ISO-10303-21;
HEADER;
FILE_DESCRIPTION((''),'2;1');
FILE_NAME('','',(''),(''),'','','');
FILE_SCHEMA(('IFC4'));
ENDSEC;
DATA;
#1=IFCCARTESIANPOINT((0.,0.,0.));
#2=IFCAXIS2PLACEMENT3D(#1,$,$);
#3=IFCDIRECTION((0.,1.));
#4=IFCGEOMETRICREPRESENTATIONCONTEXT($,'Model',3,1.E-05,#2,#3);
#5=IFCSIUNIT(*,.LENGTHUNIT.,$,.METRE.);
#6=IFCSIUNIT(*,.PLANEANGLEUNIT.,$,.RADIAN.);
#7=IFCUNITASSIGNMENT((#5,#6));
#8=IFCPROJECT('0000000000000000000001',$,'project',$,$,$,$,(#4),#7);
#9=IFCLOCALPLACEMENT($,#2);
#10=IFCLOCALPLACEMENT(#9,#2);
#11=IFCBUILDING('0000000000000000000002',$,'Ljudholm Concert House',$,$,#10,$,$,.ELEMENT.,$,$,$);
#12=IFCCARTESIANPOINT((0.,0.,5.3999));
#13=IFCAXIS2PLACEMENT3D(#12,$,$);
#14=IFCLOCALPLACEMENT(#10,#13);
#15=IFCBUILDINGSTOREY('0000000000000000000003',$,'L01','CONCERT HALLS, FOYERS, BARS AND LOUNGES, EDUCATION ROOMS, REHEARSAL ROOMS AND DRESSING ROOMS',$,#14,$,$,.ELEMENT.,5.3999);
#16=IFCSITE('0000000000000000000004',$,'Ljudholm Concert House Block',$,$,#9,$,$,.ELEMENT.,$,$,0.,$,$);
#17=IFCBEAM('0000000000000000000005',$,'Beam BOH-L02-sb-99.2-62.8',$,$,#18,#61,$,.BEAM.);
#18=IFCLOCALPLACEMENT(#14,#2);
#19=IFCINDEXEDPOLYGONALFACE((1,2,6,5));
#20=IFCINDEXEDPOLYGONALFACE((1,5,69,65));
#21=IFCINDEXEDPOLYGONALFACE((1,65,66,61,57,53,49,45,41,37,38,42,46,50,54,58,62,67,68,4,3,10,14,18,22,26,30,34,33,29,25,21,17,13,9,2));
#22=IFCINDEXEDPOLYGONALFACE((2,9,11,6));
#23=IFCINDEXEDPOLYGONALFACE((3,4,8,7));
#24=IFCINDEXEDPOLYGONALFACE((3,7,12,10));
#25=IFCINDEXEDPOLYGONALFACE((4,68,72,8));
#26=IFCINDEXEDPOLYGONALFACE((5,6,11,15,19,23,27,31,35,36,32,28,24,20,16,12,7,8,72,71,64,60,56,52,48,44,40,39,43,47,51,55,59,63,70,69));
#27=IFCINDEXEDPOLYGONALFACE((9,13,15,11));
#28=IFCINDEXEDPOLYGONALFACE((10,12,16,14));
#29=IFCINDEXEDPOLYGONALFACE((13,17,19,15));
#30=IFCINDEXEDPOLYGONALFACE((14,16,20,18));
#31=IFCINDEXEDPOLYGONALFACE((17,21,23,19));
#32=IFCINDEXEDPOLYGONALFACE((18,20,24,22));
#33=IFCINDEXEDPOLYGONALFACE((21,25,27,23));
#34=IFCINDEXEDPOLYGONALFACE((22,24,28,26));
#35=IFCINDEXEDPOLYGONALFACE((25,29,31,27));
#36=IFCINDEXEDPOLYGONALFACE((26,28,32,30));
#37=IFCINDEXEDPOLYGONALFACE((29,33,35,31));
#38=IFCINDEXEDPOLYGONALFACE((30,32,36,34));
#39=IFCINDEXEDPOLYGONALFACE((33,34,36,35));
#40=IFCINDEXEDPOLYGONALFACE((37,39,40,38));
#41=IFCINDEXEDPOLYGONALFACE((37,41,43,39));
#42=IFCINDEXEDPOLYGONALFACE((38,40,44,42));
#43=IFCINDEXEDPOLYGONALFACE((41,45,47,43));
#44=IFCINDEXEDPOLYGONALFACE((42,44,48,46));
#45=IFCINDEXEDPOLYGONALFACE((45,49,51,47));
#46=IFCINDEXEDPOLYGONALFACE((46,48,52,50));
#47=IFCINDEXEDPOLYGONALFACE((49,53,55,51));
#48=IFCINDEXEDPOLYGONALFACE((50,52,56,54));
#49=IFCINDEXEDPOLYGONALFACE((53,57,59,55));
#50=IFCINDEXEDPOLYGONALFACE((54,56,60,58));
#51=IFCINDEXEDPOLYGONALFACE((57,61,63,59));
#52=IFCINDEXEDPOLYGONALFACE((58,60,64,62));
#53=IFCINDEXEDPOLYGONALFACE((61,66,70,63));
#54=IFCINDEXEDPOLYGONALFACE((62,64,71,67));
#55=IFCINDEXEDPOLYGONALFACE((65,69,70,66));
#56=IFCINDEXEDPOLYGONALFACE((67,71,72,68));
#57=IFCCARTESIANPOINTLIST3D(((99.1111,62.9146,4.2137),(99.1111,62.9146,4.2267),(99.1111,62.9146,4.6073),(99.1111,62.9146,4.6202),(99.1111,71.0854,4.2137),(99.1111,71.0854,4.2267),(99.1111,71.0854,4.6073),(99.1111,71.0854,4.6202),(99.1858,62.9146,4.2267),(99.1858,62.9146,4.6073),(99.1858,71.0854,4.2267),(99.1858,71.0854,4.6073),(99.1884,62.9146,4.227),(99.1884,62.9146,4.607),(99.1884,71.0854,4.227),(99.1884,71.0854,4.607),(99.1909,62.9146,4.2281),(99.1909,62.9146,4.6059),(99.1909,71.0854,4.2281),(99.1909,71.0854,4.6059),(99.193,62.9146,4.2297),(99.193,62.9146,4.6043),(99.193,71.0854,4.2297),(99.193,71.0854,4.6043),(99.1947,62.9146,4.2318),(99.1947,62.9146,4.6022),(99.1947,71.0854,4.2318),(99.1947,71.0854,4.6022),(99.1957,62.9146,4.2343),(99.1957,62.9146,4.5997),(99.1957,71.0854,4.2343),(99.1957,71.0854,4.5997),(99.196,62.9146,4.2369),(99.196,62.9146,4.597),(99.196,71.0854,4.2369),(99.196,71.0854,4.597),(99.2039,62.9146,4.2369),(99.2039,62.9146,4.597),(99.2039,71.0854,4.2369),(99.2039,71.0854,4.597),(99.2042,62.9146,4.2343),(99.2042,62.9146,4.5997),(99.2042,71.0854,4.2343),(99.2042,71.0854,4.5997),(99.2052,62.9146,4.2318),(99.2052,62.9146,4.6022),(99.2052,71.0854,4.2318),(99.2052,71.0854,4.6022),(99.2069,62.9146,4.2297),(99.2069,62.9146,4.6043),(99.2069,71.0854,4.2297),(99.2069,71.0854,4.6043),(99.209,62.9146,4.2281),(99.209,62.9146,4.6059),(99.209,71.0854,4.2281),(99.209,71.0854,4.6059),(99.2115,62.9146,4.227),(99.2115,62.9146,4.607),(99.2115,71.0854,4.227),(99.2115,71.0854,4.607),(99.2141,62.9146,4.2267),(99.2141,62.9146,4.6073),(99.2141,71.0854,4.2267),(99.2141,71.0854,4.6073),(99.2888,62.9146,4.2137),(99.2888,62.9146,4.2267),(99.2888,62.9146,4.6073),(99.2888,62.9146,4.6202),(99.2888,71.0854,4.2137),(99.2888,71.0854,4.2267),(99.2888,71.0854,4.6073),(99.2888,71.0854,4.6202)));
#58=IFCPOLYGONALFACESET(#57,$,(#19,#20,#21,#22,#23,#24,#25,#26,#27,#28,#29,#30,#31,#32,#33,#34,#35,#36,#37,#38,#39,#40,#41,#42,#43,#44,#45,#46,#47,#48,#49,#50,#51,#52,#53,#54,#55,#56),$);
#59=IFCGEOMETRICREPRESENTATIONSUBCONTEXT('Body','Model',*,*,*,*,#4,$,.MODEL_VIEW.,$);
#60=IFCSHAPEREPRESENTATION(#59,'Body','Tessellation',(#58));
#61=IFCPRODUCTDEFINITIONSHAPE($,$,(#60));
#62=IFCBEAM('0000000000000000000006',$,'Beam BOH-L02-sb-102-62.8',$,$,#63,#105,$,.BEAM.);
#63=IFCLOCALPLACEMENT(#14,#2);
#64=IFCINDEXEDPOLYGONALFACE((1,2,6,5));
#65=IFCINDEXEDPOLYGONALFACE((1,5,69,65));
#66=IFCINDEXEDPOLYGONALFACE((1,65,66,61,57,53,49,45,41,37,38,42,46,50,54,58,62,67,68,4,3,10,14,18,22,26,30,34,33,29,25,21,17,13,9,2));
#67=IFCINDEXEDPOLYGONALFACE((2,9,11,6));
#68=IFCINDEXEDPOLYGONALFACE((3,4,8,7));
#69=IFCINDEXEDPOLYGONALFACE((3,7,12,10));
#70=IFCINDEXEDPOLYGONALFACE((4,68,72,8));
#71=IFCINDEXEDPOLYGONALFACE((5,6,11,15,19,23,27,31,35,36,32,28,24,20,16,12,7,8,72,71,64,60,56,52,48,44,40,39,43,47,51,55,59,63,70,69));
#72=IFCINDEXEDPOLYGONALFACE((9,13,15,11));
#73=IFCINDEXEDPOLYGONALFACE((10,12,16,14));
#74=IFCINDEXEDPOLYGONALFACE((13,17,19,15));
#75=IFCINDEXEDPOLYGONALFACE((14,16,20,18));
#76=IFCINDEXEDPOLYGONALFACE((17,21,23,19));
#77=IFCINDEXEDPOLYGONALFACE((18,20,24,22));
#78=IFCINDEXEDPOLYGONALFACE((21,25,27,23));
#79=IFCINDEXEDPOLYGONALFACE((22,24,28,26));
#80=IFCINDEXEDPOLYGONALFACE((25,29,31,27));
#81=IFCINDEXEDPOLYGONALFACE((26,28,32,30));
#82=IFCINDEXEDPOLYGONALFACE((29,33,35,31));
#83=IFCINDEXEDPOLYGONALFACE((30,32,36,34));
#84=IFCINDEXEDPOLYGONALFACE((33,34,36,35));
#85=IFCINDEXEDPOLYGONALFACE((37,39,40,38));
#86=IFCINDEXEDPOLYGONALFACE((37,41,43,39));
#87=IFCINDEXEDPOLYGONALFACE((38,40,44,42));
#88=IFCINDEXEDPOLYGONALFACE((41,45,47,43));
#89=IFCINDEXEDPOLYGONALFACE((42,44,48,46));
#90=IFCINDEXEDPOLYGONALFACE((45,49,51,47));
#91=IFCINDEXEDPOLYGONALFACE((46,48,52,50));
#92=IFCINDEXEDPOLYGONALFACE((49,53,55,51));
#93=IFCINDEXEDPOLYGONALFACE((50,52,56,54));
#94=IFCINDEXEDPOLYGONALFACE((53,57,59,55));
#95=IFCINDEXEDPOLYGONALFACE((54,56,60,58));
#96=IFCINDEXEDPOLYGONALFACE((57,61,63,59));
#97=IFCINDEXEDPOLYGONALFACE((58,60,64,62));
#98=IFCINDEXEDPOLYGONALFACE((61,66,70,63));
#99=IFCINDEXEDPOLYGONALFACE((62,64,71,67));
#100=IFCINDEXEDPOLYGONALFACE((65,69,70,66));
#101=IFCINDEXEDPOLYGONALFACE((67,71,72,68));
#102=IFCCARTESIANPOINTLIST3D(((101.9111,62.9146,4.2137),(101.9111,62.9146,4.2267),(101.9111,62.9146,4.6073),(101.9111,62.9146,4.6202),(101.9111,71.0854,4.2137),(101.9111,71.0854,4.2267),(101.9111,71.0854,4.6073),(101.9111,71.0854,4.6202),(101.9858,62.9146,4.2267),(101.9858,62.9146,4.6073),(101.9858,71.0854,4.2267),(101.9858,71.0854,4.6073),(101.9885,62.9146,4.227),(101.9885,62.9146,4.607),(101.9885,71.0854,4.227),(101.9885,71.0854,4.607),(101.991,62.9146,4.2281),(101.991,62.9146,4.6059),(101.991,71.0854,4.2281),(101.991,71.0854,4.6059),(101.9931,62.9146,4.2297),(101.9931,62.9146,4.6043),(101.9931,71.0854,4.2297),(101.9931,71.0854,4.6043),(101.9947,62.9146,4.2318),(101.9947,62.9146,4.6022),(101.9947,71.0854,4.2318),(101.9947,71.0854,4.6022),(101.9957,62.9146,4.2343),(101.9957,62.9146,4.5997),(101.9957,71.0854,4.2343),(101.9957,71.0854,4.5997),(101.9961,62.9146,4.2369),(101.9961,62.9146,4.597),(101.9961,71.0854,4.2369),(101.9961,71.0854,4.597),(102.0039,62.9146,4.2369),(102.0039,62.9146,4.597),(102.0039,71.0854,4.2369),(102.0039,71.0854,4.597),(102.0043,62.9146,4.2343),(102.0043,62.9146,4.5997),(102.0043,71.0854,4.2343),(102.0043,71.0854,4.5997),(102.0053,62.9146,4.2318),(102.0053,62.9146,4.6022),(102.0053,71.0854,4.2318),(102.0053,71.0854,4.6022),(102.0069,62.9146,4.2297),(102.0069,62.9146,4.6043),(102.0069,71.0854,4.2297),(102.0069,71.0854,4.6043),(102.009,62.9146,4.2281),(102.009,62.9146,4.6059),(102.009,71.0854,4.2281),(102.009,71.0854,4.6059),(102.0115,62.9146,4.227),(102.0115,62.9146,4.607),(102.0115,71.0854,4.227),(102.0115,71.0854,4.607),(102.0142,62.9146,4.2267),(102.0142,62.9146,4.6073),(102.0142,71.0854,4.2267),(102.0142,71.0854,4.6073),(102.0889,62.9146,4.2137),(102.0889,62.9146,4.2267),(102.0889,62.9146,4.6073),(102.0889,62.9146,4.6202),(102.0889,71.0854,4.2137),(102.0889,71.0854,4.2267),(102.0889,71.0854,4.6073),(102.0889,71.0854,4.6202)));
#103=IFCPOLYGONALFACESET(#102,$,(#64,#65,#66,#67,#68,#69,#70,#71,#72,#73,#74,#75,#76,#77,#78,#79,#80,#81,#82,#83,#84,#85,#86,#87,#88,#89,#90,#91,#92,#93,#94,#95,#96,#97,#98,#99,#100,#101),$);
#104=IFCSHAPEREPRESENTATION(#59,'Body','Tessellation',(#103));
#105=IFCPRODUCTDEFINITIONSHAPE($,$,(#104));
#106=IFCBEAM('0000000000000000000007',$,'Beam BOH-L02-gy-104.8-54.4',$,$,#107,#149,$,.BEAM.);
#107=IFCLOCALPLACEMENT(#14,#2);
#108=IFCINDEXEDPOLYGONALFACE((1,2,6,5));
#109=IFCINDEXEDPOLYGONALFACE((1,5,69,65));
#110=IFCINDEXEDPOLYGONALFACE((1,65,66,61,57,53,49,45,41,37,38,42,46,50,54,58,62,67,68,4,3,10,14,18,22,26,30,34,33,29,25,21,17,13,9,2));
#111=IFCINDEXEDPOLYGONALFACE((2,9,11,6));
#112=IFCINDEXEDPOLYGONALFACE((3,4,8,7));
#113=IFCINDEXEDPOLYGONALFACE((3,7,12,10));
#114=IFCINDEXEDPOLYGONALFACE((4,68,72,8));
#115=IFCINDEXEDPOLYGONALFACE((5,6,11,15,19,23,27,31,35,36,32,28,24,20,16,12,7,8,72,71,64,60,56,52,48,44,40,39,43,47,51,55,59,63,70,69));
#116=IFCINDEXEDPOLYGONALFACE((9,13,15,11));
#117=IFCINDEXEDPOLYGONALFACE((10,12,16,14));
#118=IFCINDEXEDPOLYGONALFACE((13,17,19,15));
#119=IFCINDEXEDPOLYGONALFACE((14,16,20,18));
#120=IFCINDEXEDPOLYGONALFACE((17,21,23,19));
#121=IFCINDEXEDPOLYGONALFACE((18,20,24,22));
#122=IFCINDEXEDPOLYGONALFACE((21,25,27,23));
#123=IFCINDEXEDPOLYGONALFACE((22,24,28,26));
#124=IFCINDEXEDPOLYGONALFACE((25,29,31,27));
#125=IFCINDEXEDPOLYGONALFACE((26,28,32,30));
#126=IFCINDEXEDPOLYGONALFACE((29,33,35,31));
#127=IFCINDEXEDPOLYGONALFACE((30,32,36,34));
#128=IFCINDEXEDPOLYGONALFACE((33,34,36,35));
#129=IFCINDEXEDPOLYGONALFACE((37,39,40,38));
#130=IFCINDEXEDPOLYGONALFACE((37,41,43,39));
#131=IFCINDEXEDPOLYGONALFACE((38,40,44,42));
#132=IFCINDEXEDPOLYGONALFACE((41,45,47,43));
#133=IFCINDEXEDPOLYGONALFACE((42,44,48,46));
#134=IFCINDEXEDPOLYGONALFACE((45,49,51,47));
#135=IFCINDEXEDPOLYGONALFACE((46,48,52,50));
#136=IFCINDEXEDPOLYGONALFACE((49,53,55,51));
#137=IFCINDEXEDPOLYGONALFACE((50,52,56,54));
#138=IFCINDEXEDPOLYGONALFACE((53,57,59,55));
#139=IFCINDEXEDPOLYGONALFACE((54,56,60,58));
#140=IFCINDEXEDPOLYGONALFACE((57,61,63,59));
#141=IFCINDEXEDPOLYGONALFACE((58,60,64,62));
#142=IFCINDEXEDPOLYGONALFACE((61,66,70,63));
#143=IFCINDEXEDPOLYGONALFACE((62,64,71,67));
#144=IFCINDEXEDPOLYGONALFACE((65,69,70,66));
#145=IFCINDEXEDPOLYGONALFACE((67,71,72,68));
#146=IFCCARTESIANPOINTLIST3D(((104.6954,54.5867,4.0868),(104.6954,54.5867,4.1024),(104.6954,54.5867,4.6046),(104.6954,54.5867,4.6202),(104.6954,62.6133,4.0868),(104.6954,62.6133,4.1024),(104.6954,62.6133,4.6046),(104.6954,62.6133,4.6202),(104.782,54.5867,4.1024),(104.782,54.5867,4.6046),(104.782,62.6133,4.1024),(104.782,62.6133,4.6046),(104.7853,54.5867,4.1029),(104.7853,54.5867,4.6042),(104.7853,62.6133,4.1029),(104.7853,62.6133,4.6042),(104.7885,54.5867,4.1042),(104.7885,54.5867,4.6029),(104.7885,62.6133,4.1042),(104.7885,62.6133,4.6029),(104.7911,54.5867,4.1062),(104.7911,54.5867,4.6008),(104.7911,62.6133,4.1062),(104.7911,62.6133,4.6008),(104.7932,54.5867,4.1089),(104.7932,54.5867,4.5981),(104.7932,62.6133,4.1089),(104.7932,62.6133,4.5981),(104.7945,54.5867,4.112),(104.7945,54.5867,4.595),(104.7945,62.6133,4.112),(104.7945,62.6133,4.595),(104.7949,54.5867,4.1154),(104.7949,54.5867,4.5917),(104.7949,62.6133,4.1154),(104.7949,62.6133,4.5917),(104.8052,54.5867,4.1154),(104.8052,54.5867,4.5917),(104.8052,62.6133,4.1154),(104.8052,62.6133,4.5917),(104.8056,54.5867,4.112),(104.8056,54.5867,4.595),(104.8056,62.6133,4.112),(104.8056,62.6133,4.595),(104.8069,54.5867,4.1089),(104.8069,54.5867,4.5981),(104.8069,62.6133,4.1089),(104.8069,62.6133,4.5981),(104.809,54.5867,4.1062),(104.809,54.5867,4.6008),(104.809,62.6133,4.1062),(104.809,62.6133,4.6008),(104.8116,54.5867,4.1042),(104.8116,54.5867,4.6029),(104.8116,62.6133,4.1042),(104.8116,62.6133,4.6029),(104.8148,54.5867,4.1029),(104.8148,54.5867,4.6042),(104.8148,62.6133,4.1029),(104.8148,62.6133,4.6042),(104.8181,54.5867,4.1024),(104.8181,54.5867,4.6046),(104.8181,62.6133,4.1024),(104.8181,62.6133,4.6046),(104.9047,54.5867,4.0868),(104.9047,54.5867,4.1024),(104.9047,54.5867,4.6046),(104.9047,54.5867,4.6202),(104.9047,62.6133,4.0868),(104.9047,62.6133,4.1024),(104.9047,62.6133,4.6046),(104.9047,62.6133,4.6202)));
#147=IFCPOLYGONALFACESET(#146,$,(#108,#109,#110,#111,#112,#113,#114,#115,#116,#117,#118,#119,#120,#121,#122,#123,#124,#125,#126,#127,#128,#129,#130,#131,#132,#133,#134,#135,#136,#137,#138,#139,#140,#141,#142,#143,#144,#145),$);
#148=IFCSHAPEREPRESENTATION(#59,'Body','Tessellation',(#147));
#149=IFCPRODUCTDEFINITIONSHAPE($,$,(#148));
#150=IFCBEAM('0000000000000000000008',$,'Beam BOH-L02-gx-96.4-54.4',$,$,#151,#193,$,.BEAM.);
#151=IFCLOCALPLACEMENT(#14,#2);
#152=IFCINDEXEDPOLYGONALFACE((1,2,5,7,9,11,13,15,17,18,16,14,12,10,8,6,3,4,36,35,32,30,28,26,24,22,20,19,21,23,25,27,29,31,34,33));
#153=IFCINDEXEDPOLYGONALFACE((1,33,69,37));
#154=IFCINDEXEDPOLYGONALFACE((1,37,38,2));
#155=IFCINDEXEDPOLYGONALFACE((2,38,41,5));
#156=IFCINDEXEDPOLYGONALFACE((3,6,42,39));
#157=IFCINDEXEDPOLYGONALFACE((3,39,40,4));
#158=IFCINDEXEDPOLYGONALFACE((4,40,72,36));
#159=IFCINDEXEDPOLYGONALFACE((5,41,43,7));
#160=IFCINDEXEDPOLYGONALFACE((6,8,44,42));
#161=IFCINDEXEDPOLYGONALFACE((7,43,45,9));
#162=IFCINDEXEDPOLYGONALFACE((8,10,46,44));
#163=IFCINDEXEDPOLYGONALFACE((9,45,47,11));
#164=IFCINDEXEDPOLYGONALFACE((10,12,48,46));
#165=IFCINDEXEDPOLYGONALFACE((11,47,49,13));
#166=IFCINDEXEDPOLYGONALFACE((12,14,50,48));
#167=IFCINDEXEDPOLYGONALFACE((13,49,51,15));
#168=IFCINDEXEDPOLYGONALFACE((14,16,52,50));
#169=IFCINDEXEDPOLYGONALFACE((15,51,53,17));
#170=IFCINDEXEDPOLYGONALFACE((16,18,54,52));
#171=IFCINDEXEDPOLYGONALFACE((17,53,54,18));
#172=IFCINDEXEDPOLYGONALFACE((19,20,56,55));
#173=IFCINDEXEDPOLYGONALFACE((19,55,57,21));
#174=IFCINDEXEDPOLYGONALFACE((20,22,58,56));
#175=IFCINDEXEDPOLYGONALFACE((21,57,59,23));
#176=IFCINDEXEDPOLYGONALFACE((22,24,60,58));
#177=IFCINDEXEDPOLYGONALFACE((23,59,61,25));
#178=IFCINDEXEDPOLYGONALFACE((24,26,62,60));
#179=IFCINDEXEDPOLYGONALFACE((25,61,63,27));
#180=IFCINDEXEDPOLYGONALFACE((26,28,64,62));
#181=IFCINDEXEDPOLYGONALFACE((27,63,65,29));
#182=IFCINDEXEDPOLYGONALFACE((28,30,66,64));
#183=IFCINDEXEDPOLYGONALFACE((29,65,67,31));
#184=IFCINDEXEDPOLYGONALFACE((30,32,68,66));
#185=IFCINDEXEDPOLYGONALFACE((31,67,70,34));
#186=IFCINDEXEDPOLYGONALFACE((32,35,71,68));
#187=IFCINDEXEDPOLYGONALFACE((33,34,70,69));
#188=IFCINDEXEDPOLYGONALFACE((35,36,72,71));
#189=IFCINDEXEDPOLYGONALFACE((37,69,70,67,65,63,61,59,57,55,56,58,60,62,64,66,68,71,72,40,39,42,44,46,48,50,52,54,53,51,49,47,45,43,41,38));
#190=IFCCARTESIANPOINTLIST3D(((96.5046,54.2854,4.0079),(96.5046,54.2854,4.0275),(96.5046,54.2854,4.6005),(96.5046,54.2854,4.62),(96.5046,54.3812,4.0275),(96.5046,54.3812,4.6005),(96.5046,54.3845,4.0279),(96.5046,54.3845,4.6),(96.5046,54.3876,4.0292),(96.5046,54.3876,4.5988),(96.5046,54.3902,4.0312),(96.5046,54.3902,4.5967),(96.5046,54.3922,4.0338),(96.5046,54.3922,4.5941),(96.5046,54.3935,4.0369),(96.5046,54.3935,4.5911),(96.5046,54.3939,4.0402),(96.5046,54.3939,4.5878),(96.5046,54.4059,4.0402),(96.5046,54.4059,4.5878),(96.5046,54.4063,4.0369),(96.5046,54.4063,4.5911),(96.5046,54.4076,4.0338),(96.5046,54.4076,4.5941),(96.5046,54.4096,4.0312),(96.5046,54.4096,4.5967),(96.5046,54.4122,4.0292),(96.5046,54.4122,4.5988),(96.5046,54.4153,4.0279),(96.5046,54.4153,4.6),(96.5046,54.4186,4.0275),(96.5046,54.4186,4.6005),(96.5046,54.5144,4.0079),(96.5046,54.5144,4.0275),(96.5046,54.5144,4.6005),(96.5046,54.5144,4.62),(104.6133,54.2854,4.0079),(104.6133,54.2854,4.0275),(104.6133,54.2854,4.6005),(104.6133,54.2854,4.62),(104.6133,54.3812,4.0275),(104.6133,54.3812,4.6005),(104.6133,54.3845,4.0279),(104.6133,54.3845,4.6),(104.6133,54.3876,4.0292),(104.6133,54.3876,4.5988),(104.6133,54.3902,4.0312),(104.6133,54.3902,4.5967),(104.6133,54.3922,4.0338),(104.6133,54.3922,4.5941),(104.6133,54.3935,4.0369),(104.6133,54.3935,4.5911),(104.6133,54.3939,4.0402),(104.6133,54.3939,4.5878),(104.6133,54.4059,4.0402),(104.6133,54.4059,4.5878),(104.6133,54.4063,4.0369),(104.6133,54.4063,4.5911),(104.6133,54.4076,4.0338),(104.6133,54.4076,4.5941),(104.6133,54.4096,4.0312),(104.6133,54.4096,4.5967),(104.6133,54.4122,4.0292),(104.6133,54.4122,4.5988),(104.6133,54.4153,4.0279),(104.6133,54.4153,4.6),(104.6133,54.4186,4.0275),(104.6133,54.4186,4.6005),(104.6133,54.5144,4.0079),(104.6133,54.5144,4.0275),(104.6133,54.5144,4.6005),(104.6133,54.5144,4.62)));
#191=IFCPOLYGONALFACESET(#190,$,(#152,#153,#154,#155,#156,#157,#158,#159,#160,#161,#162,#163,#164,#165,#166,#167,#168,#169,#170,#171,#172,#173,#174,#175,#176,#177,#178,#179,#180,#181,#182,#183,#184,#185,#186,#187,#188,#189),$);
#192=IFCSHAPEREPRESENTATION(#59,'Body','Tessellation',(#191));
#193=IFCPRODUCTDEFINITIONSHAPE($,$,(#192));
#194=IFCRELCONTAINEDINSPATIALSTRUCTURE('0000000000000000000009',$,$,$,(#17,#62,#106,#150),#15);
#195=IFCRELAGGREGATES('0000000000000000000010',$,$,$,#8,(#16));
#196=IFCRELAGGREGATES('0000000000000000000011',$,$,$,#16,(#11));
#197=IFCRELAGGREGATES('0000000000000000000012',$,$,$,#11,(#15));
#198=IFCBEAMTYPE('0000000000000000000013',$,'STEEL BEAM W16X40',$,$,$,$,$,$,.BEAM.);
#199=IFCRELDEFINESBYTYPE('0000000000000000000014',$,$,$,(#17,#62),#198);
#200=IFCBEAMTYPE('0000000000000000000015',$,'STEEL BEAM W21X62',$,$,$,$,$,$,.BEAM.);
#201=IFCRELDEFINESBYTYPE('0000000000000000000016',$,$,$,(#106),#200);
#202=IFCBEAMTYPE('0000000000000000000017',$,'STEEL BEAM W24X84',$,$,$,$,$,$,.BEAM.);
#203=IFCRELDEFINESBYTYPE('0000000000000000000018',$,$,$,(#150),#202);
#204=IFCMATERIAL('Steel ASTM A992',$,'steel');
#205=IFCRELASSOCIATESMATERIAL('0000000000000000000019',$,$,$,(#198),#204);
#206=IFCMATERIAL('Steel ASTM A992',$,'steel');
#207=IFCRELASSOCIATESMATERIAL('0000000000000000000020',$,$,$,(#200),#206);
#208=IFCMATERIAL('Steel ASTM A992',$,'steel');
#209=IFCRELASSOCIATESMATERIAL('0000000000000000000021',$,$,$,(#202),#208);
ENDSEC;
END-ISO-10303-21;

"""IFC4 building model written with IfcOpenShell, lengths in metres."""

from ifc_helpers import new_model, si_unit, direction, frame, origin, origin_2d, place, context, subcontext, project, spatial, i_section, extrude, material, material_profile, profile_set, type_object, element, save


model = new_model("IFC4")

# Units and contexts
model_context = context("Model", 3, precision=1e-05, world=origin(), true_north=direction((0.0, 1.0)))
body_context = subcontext(model_context, "Body", "Model", "MODEL_VIEW")
ifc_project = project(units=[si_unit("LENGTHUNIT", "METRE"), si_unit("PLANEANGLEUNIT", "RADIAN")], contexts=[model_context])

# Site, building, storey
site_placement = place(None, origin())
site = spatial("IfcSite", under=ifc_project, at=site_placement, Name="Ljudholm Concert House Block", CompositionType="ELEMENT", RefElevation=0.0)
building_placement = place(site_placement, origin())
building = spatial("IfcBuilding", under=site, at=building_placement, Name="Ljudholm Concert House", CompositionType="ELEMENT")
storey_placement = place(building_placement, frame((0.0, 0.0, 5.3999)))
storey = spatial("IfcBuildingStorey", under=building, at=storey_placement, Name="L01", Description="CONCERT HALLS, FOYERS, BARS AND LOUNGES, EDUCATION ROOMS, REHEARSAL ROOMS AND DRESSING ROOMS", CompositionType="ELEMENT", Elevation=5.3999)

# Beams
ifc_material_1 = material(Name="Steel ASTM A992", Category="steel")
ifc_material_profile_1 = material_profile(ifc_material_1, i_section(OverallWidth=0.1777, OverallDepth=0.4065, WebThickness=0.0078, FlangeThickness=0.0129, FilletRadius=0.0103, at=origin_2d()), Name="W16X40")
ifc_profile_set_1 = profile_set([ifc_material_profile_1], Name="Steel ASTM A992")
beam_type_1 = type_object("IfcBeamType", Name="STEEL BEAM W16X40", PredefinedType="BEAM", material=ifc_profile_set_1)
for number, where, z_axis, x_axis, name in (
    (1, (99.2, 62.9146, 4.417), (0.0, 1.0, 0.0), (-1.0, 0.0, 0.0), "Beam BOH-L02-sb-99.2-62.8"),
    (2, (102.0, 62.9146, 4.417), (0.0, 1.0, 0.0), (-1.0, 0.0, 0.0), "Beam BOH-L02-sb-102-62.8"),
):
    element("IfcBeam", number, at=place(storey_placement, frame(where, z_axis=z_axis, x_axis=x_axis)), inside=storey, type_object=beam_type_1, Name=name, PredefinedType="BEAM", context=body_context, shape_type="SweptSolid", body=[
        extrude(i_section(OverallWidth=0.1777, OverallDepth=0.4065, WebThickness=0.0078, FlangeThickness=0.0129, FilletRadius=0.0103, at=origin_2d()), origin(), (0.0, 0.0, 1.0), 8.1709),
    ])
ifc_material_2 = material(Name="Steel ASTM A992", Category="steel")
ifc_material_profile_2 = material_profile(ifc_material_2, i_section(OverallWidth=0.2092, OverallDepth=0.5334, WebThickness=0.0103, FlangeThickness=0.0156, FilletRadius=0.0129, at=origin_2d()), Name="W21X62")
ifc_profile_set_2 = profile_set([ifc_material_profile_2], Name="Steel ASTM A992")
beam_type_2 = type_object("IfcBeamType", Name="STEEL BEAM W21X62", PredefinedType="BEAM", material=ifc_profile_set_2)
beam_1_placement = place(storey_placement, frame((104.8, 54.5867, 4.3535), z_axis=(0.0, 1.0, 0.0), x_axis=(-1.0, 0.0, 0.0)))
element("IfcBeam", 3, at=beam_1_placement, inside=storey, type_object=beam_type_2, Name="Beam BOH-L02-gy-104.8-54.4", PredefinedType="BEAM", context=body_context, shape_type="SweptSolid", body=[
    extrude(i_section(OverallWidth=0.2092, OverallDepth=0.5334, WebThickness=0.0103, FlangeThickness=0.0156, FilletRadius=0.0129, at=origin_2d()), origin(), (0.0, 0.0, 1.0), 8.0266),
])
ifc_material_3 = material(Name="Steel ASTM A992", Category="steel")
ifc_material_profile_3 = material_profile(ifc_material_3, i_section(OverallWidth=0.229, OverallDepth=0.6121, WebThickness=0.012, FlangeThickness=0.0195, FilletRadius=0.0127, at=origin_2d()), Name="W24X84")
ifc_profile_set_3 = profile_set([ifc_material_profile_3], Name="Steel ASTM A992")
beam_type_3 = type_object("IfcBeamType", Name="STEEL BEAM W24X84", PredefinedType="BEAM", material=ifc_profile_set_3)
beam_2_placement = place(storey_placement, frame((96.5046, 54.3999, 4.314), z_axis=(1.0, 0.0, 0.0), x_axis=(0.0, 1.0, 0.0)))
element("IfcBeam", 4, at=beam_2_placement, inside=storey, type_object=beam_type_3, Name="Beam BOH-L02-gx-96.4-54.4", PredefinedType="BEAM", context=body_context, shape_type="SweptSolid", body=[
    extrude(i_section(OverallWidth=0.229, OverallDepth=0.6121, WebThickness=0.012, FlangeThickness=0.0195, FilletRadius=0.0127, at=origin_2d()), origin(), (0.0, 0.0, 1.0), 8.1086),
])

save(model, "model.ifc")
